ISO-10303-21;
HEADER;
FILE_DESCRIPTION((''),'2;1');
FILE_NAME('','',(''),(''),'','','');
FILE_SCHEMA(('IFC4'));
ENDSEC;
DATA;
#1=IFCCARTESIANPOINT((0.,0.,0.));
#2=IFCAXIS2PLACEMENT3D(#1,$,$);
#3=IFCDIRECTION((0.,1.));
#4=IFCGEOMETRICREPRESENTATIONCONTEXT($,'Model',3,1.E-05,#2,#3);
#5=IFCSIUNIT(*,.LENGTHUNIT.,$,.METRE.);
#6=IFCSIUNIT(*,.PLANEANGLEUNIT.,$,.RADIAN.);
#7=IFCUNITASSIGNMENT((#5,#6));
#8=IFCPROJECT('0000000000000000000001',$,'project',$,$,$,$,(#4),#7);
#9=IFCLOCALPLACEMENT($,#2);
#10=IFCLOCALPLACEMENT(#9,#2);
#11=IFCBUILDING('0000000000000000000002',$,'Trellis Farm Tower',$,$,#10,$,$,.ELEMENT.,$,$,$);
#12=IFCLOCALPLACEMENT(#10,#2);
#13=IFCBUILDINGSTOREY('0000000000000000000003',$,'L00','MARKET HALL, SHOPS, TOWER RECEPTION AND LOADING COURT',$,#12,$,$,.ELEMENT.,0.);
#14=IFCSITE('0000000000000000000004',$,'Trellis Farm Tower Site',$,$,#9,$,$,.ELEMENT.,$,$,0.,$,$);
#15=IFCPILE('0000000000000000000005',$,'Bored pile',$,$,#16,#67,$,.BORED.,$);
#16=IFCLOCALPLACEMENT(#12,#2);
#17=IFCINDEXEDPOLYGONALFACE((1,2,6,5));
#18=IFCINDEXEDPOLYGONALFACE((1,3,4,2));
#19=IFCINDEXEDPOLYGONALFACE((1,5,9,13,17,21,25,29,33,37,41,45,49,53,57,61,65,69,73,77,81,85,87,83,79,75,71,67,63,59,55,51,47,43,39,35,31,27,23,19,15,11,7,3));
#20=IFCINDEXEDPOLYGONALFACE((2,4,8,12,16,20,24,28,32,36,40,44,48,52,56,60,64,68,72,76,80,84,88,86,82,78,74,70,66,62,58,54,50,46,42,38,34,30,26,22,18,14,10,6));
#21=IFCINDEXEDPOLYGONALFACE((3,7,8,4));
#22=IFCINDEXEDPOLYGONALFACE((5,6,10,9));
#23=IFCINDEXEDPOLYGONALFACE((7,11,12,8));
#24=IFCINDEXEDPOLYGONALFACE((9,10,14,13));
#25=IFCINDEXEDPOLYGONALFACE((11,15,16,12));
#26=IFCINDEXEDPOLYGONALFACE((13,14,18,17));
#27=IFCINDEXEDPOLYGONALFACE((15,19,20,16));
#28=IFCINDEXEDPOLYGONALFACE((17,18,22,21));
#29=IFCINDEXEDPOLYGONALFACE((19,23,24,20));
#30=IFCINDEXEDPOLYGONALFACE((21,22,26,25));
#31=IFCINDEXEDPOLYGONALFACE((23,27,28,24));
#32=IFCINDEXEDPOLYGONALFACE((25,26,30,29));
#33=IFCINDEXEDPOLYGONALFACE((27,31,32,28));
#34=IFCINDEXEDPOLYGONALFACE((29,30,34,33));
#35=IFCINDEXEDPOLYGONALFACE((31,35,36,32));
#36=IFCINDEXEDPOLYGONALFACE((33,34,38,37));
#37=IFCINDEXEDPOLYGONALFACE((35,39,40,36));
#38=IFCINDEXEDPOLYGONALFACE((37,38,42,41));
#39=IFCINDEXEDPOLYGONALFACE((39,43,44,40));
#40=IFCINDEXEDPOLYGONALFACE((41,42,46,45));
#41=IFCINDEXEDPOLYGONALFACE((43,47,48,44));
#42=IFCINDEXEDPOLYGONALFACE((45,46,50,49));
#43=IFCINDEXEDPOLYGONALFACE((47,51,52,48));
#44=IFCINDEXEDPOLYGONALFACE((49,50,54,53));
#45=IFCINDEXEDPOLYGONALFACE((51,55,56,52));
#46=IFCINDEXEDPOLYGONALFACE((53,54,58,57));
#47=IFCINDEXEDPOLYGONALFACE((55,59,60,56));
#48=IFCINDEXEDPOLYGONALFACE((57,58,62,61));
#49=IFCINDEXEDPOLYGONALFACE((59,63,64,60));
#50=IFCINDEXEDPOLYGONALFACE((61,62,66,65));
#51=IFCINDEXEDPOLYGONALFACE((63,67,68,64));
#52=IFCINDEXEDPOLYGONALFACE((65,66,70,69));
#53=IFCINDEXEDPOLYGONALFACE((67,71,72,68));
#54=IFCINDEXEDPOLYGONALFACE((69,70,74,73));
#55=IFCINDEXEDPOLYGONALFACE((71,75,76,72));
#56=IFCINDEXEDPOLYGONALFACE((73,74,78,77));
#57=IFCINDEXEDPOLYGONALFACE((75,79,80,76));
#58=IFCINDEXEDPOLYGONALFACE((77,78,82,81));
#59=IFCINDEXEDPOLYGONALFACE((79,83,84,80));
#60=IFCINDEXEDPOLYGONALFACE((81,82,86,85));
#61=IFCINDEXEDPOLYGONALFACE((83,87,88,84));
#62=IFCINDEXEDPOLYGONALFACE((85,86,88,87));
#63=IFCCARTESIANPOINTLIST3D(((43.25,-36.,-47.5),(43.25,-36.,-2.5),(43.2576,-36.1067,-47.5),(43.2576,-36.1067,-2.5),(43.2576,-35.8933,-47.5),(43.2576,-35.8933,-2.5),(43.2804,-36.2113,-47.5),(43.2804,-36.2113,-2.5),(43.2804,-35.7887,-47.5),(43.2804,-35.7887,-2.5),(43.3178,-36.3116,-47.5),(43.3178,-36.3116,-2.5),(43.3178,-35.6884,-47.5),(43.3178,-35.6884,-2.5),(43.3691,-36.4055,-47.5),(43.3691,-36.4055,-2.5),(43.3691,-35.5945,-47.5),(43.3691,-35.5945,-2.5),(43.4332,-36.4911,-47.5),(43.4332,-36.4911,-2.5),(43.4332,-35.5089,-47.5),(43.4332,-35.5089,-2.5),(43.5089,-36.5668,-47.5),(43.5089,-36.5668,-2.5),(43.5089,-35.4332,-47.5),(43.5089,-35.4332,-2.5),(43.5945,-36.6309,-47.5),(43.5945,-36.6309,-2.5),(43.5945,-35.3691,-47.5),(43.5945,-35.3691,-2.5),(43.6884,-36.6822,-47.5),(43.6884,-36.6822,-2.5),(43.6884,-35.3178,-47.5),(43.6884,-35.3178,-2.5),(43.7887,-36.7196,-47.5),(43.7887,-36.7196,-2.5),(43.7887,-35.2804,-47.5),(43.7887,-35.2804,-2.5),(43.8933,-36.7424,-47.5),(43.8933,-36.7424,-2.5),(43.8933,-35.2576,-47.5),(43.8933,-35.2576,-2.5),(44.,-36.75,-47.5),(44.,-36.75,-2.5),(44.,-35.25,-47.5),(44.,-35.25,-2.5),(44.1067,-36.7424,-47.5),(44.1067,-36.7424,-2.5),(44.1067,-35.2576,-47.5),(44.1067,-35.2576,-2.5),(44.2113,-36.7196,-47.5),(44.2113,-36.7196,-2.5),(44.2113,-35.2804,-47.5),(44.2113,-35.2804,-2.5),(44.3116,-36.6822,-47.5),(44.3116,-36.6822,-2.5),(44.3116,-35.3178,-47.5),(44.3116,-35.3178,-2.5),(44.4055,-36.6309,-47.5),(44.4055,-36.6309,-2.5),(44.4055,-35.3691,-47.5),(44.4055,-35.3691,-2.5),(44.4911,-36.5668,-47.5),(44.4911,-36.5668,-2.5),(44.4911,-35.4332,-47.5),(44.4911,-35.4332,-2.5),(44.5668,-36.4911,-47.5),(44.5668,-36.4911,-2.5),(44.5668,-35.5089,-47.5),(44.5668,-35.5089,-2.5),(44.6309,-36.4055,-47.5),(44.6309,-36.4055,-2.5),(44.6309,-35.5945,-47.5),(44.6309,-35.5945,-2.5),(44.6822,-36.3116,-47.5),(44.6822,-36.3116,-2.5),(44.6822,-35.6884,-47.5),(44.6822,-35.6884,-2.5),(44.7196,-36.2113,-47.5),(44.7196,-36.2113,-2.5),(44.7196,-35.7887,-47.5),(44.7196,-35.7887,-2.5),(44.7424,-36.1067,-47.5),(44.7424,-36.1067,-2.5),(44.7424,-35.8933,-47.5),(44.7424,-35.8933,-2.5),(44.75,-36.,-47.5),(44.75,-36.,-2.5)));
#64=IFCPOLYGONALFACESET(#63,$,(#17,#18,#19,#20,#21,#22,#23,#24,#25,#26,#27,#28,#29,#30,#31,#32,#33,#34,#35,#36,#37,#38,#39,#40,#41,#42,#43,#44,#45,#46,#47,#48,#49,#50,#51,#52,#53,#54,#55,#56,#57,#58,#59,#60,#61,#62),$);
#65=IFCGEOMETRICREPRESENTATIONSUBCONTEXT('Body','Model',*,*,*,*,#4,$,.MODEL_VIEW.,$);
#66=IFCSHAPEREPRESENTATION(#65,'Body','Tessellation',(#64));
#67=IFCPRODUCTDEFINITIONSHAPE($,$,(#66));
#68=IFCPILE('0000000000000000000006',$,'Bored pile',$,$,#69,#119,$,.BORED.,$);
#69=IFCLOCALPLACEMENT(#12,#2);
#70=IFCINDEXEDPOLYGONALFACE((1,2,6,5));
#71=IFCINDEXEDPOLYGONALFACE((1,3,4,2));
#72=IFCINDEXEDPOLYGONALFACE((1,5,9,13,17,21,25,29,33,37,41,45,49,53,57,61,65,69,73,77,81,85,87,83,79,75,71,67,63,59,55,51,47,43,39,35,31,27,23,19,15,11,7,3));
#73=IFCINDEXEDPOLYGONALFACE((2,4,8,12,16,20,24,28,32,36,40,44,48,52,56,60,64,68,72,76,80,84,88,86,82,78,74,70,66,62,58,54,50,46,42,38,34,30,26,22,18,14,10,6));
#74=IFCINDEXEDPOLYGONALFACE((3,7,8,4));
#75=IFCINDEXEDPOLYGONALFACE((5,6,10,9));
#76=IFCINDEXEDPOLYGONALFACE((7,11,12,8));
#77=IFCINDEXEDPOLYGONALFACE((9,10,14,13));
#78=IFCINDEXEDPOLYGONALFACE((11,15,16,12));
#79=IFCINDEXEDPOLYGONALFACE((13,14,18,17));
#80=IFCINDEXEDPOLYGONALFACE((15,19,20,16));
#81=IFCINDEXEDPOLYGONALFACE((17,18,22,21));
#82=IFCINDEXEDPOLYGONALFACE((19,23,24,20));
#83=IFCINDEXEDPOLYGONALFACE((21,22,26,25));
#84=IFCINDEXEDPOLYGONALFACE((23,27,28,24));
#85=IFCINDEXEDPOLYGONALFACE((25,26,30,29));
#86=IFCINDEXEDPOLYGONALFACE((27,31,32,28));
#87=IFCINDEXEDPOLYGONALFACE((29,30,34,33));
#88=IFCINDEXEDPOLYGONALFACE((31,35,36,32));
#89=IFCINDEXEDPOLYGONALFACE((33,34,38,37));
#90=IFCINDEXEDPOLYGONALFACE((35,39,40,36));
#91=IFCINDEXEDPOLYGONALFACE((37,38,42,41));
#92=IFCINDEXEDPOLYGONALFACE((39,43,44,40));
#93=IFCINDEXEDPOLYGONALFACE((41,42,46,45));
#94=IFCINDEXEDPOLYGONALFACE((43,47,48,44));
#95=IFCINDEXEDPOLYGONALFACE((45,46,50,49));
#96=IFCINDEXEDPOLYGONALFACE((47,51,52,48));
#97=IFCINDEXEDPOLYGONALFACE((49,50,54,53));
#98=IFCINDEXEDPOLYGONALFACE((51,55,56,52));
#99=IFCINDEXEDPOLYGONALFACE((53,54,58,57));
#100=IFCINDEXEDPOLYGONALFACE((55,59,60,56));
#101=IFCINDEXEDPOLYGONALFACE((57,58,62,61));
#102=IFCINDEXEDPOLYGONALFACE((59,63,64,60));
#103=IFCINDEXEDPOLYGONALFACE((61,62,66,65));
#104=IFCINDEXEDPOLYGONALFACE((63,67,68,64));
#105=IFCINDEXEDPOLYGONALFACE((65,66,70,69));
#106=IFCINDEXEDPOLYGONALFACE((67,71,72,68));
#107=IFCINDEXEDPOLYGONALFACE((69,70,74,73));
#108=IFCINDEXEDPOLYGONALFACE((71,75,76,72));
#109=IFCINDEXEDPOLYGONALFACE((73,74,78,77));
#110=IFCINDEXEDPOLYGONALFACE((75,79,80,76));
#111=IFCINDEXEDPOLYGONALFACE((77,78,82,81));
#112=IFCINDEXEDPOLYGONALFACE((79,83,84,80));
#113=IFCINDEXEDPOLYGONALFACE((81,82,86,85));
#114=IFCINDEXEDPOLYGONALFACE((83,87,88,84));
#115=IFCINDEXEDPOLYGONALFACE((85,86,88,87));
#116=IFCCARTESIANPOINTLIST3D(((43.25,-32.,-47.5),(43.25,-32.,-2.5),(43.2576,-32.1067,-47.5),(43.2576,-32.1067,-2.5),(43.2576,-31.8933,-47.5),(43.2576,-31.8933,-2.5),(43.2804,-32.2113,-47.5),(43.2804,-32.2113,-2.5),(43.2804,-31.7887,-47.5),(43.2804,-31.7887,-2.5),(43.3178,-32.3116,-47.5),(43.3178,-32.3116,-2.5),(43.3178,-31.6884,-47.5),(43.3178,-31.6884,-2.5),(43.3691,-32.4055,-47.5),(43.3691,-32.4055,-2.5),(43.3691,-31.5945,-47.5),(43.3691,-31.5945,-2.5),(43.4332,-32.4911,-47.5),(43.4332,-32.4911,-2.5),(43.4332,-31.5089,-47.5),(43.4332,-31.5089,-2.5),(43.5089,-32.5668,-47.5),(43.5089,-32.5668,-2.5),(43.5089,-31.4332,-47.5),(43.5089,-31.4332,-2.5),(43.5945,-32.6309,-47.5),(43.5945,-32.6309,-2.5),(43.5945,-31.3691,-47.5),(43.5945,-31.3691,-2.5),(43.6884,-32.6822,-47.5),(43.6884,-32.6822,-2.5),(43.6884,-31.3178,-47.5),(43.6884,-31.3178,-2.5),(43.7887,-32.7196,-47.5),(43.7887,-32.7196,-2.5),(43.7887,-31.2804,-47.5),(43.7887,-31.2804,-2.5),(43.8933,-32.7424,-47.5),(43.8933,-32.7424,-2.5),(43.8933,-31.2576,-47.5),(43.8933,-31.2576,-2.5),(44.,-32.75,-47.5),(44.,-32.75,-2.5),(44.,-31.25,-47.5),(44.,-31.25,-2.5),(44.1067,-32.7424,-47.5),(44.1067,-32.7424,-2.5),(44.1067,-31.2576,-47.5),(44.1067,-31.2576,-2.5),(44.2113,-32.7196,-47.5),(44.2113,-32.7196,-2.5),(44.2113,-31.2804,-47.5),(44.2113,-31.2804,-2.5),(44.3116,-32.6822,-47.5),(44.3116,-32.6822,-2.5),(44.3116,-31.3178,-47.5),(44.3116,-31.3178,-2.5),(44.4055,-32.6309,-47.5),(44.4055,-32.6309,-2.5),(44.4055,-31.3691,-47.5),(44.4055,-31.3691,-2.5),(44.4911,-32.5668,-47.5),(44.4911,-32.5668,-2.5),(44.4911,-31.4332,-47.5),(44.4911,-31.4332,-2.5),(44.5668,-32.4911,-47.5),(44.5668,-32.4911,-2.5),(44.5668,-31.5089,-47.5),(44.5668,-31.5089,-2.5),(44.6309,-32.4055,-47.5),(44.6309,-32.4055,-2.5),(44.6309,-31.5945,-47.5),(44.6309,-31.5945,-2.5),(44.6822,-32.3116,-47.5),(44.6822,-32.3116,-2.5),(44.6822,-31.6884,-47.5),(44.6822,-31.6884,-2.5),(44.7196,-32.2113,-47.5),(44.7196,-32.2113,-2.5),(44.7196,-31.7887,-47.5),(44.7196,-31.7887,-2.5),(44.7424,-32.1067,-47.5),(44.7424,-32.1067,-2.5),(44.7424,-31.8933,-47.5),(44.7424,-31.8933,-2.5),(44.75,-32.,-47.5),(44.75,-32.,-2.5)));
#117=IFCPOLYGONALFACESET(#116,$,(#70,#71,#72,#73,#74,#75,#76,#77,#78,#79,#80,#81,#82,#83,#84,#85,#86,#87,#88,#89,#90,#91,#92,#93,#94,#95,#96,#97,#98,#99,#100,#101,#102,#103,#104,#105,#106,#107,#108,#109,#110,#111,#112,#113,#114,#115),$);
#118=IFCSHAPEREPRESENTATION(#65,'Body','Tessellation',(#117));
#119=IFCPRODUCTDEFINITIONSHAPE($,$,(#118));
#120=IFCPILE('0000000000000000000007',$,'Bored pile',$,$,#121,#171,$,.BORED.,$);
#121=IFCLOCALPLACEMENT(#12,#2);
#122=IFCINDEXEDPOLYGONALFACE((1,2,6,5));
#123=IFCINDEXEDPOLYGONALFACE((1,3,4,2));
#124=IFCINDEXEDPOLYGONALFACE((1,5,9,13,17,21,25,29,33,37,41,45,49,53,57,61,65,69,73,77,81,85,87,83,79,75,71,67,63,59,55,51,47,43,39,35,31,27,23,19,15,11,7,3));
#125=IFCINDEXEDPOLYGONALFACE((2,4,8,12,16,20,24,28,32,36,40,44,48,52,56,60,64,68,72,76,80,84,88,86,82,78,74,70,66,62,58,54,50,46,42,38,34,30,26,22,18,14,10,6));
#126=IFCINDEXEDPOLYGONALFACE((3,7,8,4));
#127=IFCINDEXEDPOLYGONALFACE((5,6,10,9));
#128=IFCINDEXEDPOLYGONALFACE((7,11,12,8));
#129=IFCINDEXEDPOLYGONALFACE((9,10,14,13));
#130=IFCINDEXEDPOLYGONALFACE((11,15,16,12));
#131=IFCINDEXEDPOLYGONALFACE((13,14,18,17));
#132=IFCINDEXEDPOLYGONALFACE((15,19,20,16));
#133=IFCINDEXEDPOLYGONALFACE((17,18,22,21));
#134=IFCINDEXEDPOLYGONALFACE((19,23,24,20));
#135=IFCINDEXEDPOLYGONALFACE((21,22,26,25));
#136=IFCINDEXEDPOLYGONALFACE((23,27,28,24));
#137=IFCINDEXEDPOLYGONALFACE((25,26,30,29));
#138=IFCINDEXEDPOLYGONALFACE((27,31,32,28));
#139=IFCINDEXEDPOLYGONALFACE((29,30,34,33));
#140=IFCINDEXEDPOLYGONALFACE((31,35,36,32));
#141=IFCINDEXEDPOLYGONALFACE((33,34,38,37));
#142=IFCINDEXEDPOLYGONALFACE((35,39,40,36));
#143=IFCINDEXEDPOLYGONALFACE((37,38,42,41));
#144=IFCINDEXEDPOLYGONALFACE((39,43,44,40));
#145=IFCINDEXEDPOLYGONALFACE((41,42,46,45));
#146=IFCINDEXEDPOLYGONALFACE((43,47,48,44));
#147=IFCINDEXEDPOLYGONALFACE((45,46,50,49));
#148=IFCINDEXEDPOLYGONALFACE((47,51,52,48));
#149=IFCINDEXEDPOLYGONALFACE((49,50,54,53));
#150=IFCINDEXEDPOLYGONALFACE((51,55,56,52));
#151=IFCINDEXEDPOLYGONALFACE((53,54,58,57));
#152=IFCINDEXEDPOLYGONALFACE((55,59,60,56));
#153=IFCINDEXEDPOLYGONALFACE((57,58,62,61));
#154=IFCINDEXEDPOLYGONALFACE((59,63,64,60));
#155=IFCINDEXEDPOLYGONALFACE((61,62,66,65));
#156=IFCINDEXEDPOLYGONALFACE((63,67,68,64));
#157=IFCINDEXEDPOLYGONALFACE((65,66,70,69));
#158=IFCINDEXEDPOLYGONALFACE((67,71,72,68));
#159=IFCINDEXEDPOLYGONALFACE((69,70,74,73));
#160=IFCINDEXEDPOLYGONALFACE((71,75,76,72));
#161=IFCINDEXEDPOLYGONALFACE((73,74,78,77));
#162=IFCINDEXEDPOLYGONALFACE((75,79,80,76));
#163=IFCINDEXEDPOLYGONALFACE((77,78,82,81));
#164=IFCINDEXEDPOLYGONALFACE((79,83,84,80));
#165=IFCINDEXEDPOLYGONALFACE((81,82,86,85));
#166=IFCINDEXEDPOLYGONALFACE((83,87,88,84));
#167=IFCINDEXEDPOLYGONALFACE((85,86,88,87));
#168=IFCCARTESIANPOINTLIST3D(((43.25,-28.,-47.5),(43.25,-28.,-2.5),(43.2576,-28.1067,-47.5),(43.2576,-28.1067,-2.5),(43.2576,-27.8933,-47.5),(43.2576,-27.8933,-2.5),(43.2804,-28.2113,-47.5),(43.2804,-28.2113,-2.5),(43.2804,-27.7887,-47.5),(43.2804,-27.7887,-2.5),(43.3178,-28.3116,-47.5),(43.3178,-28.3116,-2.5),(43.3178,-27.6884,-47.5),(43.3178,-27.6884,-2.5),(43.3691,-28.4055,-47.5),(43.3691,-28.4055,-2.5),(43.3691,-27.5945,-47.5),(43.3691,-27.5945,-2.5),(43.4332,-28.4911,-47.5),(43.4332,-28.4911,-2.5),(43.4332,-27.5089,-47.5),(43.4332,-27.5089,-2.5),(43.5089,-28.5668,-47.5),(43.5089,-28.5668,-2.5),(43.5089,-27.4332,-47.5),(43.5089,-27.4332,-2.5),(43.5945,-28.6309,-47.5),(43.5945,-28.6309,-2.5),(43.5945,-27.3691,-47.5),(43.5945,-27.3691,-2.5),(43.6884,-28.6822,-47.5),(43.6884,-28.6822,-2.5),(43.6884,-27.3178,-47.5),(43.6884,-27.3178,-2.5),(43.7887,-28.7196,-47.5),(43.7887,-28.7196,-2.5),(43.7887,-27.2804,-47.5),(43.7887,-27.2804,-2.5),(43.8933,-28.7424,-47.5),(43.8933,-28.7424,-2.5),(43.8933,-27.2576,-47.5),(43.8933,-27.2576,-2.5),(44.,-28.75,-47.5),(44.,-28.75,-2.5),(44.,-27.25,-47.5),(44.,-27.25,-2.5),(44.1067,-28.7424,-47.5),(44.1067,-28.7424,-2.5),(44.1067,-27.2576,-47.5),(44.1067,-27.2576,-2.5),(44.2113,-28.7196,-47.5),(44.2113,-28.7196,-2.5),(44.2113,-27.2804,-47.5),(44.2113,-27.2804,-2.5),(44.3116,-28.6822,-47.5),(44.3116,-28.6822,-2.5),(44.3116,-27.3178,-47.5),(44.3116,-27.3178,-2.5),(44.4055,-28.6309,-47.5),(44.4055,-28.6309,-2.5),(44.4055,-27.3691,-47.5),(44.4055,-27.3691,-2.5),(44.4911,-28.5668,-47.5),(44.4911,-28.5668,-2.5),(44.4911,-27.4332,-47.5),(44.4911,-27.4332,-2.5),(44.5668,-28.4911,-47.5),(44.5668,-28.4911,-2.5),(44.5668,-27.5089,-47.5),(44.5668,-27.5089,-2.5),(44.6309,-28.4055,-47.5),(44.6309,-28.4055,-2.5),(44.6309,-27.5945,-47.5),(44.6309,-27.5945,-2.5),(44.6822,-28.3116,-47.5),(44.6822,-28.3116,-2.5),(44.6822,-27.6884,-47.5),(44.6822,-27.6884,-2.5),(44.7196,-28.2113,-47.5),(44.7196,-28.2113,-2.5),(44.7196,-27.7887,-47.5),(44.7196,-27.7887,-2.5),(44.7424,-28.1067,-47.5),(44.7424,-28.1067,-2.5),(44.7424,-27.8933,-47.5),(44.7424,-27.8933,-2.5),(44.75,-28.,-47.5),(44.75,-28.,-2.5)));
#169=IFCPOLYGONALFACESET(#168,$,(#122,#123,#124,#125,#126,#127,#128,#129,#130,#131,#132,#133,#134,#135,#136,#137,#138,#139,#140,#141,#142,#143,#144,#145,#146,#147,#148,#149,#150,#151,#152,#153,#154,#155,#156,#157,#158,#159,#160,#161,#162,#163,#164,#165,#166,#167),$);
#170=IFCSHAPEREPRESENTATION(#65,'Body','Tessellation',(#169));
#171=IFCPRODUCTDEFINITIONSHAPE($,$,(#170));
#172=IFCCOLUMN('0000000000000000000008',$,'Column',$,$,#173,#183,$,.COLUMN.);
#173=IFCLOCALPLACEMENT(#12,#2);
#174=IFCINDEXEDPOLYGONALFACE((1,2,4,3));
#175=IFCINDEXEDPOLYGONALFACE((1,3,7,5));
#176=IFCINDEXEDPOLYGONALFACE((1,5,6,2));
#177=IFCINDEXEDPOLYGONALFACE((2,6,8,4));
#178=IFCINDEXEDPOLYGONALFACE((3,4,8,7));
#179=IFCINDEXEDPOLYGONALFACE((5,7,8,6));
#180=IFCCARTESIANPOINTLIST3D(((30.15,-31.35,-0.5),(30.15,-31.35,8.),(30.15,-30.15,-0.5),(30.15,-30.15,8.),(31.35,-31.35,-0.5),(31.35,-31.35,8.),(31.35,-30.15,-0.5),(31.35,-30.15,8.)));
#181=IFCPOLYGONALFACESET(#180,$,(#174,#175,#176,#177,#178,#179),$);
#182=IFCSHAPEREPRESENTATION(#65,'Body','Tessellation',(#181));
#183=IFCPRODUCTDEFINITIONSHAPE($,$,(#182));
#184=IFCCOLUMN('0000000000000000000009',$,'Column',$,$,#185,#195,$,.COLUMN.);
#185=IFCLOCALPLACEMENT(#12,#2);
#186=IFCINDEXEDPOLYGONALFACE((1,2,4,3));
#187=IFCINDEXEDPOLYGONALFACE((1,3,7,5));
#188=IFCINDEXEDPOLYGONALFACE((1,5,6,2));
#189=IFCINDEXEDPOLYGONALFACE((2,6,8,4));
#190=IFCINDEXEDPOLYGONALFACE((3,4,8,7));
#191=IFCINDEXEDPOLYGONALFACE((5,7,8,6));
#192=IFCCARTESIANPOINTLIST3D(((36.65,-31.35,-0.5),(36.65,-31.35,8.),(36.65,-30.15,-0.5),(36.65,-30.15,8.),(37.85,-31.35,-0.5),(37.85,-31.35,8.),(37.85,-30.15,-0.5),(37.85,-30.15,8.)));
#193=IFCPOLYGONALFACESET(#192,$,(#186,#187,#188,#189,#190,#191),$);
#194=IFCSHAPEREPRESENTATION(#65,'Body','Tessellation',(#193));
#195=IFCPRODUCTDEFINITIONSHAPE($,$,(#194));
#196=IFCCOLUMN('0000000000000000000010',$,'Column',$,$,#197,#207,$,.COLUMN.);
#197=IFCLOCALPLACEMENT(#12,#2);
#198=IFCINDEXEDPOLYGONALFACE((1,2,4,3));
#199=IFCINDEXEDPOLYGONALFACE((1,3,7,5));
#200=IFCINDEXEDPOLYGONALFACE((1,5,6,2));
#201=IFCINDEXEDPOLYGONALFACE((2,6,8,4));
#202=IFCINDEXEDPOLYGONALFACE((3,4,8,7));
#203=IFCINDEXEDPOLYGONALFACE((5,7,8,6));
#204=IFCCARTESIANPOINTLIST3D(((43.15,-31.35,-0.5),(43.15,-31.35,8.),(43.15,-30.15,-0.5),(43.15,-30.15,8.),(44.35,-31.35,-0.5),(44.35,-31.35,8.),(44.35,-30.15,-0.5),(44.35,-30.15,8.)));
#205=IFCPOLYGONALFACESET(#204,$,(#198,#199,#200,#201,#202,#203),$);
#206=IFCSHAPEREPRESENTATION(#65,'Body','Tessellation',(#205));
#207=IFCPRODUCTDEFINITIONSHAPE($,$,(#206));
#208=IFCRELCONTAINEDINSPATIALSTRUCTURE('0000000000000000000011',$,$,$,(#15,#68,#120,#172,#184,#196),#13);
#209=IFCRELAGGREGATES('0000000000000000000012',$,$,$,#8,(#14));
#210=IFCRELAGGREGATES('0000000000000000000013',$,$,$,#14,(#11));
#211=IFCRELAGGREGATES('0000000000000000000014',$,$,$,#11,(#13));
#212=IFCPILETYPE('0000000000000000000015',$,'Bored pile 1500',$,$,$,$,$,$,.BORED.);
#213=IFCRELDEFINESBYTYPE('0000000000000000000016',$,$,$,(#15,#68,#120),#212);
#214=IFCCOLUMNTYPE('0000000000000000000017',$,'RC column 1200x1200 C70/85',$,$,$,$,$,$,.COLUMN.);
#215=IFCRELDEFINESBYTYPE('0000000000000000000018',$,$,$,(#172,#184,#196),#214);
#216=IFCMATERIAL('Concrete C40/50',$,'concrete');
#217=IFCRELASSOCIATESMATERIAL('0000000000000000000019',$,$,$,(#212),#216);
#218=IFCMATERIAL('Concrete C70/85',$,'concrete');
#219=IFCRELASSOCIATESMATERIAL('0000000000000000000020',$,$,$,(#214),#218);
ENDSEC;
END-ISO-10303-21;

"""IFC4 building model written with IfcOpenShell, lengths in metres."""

from ifc_helpers import new_model, si_unit, direction, frame, origin, origin_2d, place, context, subcontext, project, spatial, rectangle, circle, extrude, source, transform, mapped, material, material_profile, profile_set, type_object, element, save


model = new_model("IFC4")

# Units and contexts
model_context = context("Model", 3, precision=1e-05, world=origin(), true_north=direction((0.0, 1.0)))
body_context = subcontext(model_context, "Body", "Model", "MODEL_VIEW")
ifc_project = project(units=[si_unit("LENGTHUNIT", "METRE"), si_unit("PLANEANGLEUNIT", "RADIAN")], contexts=[model_context])

# Site, building, storey
site_placement = place(None, origin())
site = spatial("IfcSite", under=ifc_project, at=site_placement, Name="Trellis Farm Tower Site", CompositionType="ELEMENT", RefElevation=0.0)
building_placement = place(site_placement, origin())
building = spatial("IfcBuilding", under=site, at=building_placement, Name="Trellis Farm Tower", CompositionType="ELEMENT")
storey_placement = place(building_placement, origin())
storey = spatial("IfcBuildingStorey", under=building, at=storey_placement, Name="L00", Description="MARKET HALL, SHOPS, TOWER RECEPTION AND LOADING COURT", CompositionType="ELEMENT", Elevation=0.0)

# Piles
ifc_material_1 = material(Name="Concrete C40/50", Category="concrete")
ifc_material_profile_1 = material_profile(ifc_material_1, circle(Radius=0.75, at=origin_2d()), Name="Bored pile 1500")
ifc_profile_set_1 = profile_set([ifc_material_profile_1], Name="Concrete C40/50")
pile_type = type_object("IfcPileType", Name="Bored pile 1500", PredefinedType="BORED", material=ifc_profile_set_1)
shared_shape_1 = source(origin(), body_context, "Body", "SweptSolid", [
    extrude(circle(Radius=0.75, at=origin_2d()), origin(), (0.0, 0.0, 1.0), 45.0),
])
for number, where, z_axis, x_axis, name in (
    (1, (44.0, -36.0, -2.5), (0.0, 0.0, -1.0), (1.0, 0.0, 0.0), "Bored pile"),
    (2, (44.0, -32.0, -2.5), (0.0, 0.0, -1.0), (1.0, 0.0, 0.0), "Bored pile"),
    (3, (44.0, -28.0, -2.5), (0.0, 0.0, -1.0), (1.0, 0.0, 0.0), "Bored pile"),
):
    element("IfcPile", number, at=place(storey_placement, frame(where, z_axis=z_axis, x_axis=x_axis)), inside=storey, type_object=pile_type, Name=name, PredefinedType="BORED", context=body_context, shape_type="MappedRepresentation", body=[
        mapped(shared_shape_1, transform((0.0, 0.0, 0.0))),
    ])

# Columns
ifc_material_2 = material(Name="Concrete C70/85", Category="concrete")
ifc_material_profile_2 = material_profile(ifc_material_2, rectangle(XDim=1.2, YDim=1.2, at=origin_2d()), Name="RC column 1200x1200 C70/85")
ifc_profile_set_2 = profile_set([ifc_material_profile_2], Name="Concrete C70/85")
column_type = type_object("IfcColumnType", Name="RC column 1200x1200 C70/85", PredefinedType="COLUMN", material=ifc_profile_set_2)
shared_shape_2 = source(origin(), body_context, "Body", "SweptSolid", [
    extrude(rectangle(XDim=1.2, YDim=1.2, at=origin_2d()), origin(), (0.0, 0.0, 1.0), 8.5),
])
for number, where, z_axis, x_axis, name in (
    (4, (30.75, -30.75, -0.5), (0.0, 0.0, 1.0), (1.0, 0.0, 0.0), "Column"),
    (5, (37.25, -30.75, -0.5), (0.0, 0.0, 1.0), (1.0, 0.0, 0.0), "Column"),
    (6, (43.75, -30.75, -0.5), (0.0, 0.0, 1.0), (1.0, 0.0, 0.0), "Column"),
):
    element("IfcColumn", number, at=place(storey_placement, frame(where, z_axis=z_axis, x_axis=x_axis)), inside=storey, type_object=column_type, Name=name, PredefinedType="COLUMN", context=body_context, shape_type="MappedRepresentation", body=[
        mapped(shared_shape_2, transform((0.0, 0.0, 0.0))),
    ])

save(model, "model.ifc")
